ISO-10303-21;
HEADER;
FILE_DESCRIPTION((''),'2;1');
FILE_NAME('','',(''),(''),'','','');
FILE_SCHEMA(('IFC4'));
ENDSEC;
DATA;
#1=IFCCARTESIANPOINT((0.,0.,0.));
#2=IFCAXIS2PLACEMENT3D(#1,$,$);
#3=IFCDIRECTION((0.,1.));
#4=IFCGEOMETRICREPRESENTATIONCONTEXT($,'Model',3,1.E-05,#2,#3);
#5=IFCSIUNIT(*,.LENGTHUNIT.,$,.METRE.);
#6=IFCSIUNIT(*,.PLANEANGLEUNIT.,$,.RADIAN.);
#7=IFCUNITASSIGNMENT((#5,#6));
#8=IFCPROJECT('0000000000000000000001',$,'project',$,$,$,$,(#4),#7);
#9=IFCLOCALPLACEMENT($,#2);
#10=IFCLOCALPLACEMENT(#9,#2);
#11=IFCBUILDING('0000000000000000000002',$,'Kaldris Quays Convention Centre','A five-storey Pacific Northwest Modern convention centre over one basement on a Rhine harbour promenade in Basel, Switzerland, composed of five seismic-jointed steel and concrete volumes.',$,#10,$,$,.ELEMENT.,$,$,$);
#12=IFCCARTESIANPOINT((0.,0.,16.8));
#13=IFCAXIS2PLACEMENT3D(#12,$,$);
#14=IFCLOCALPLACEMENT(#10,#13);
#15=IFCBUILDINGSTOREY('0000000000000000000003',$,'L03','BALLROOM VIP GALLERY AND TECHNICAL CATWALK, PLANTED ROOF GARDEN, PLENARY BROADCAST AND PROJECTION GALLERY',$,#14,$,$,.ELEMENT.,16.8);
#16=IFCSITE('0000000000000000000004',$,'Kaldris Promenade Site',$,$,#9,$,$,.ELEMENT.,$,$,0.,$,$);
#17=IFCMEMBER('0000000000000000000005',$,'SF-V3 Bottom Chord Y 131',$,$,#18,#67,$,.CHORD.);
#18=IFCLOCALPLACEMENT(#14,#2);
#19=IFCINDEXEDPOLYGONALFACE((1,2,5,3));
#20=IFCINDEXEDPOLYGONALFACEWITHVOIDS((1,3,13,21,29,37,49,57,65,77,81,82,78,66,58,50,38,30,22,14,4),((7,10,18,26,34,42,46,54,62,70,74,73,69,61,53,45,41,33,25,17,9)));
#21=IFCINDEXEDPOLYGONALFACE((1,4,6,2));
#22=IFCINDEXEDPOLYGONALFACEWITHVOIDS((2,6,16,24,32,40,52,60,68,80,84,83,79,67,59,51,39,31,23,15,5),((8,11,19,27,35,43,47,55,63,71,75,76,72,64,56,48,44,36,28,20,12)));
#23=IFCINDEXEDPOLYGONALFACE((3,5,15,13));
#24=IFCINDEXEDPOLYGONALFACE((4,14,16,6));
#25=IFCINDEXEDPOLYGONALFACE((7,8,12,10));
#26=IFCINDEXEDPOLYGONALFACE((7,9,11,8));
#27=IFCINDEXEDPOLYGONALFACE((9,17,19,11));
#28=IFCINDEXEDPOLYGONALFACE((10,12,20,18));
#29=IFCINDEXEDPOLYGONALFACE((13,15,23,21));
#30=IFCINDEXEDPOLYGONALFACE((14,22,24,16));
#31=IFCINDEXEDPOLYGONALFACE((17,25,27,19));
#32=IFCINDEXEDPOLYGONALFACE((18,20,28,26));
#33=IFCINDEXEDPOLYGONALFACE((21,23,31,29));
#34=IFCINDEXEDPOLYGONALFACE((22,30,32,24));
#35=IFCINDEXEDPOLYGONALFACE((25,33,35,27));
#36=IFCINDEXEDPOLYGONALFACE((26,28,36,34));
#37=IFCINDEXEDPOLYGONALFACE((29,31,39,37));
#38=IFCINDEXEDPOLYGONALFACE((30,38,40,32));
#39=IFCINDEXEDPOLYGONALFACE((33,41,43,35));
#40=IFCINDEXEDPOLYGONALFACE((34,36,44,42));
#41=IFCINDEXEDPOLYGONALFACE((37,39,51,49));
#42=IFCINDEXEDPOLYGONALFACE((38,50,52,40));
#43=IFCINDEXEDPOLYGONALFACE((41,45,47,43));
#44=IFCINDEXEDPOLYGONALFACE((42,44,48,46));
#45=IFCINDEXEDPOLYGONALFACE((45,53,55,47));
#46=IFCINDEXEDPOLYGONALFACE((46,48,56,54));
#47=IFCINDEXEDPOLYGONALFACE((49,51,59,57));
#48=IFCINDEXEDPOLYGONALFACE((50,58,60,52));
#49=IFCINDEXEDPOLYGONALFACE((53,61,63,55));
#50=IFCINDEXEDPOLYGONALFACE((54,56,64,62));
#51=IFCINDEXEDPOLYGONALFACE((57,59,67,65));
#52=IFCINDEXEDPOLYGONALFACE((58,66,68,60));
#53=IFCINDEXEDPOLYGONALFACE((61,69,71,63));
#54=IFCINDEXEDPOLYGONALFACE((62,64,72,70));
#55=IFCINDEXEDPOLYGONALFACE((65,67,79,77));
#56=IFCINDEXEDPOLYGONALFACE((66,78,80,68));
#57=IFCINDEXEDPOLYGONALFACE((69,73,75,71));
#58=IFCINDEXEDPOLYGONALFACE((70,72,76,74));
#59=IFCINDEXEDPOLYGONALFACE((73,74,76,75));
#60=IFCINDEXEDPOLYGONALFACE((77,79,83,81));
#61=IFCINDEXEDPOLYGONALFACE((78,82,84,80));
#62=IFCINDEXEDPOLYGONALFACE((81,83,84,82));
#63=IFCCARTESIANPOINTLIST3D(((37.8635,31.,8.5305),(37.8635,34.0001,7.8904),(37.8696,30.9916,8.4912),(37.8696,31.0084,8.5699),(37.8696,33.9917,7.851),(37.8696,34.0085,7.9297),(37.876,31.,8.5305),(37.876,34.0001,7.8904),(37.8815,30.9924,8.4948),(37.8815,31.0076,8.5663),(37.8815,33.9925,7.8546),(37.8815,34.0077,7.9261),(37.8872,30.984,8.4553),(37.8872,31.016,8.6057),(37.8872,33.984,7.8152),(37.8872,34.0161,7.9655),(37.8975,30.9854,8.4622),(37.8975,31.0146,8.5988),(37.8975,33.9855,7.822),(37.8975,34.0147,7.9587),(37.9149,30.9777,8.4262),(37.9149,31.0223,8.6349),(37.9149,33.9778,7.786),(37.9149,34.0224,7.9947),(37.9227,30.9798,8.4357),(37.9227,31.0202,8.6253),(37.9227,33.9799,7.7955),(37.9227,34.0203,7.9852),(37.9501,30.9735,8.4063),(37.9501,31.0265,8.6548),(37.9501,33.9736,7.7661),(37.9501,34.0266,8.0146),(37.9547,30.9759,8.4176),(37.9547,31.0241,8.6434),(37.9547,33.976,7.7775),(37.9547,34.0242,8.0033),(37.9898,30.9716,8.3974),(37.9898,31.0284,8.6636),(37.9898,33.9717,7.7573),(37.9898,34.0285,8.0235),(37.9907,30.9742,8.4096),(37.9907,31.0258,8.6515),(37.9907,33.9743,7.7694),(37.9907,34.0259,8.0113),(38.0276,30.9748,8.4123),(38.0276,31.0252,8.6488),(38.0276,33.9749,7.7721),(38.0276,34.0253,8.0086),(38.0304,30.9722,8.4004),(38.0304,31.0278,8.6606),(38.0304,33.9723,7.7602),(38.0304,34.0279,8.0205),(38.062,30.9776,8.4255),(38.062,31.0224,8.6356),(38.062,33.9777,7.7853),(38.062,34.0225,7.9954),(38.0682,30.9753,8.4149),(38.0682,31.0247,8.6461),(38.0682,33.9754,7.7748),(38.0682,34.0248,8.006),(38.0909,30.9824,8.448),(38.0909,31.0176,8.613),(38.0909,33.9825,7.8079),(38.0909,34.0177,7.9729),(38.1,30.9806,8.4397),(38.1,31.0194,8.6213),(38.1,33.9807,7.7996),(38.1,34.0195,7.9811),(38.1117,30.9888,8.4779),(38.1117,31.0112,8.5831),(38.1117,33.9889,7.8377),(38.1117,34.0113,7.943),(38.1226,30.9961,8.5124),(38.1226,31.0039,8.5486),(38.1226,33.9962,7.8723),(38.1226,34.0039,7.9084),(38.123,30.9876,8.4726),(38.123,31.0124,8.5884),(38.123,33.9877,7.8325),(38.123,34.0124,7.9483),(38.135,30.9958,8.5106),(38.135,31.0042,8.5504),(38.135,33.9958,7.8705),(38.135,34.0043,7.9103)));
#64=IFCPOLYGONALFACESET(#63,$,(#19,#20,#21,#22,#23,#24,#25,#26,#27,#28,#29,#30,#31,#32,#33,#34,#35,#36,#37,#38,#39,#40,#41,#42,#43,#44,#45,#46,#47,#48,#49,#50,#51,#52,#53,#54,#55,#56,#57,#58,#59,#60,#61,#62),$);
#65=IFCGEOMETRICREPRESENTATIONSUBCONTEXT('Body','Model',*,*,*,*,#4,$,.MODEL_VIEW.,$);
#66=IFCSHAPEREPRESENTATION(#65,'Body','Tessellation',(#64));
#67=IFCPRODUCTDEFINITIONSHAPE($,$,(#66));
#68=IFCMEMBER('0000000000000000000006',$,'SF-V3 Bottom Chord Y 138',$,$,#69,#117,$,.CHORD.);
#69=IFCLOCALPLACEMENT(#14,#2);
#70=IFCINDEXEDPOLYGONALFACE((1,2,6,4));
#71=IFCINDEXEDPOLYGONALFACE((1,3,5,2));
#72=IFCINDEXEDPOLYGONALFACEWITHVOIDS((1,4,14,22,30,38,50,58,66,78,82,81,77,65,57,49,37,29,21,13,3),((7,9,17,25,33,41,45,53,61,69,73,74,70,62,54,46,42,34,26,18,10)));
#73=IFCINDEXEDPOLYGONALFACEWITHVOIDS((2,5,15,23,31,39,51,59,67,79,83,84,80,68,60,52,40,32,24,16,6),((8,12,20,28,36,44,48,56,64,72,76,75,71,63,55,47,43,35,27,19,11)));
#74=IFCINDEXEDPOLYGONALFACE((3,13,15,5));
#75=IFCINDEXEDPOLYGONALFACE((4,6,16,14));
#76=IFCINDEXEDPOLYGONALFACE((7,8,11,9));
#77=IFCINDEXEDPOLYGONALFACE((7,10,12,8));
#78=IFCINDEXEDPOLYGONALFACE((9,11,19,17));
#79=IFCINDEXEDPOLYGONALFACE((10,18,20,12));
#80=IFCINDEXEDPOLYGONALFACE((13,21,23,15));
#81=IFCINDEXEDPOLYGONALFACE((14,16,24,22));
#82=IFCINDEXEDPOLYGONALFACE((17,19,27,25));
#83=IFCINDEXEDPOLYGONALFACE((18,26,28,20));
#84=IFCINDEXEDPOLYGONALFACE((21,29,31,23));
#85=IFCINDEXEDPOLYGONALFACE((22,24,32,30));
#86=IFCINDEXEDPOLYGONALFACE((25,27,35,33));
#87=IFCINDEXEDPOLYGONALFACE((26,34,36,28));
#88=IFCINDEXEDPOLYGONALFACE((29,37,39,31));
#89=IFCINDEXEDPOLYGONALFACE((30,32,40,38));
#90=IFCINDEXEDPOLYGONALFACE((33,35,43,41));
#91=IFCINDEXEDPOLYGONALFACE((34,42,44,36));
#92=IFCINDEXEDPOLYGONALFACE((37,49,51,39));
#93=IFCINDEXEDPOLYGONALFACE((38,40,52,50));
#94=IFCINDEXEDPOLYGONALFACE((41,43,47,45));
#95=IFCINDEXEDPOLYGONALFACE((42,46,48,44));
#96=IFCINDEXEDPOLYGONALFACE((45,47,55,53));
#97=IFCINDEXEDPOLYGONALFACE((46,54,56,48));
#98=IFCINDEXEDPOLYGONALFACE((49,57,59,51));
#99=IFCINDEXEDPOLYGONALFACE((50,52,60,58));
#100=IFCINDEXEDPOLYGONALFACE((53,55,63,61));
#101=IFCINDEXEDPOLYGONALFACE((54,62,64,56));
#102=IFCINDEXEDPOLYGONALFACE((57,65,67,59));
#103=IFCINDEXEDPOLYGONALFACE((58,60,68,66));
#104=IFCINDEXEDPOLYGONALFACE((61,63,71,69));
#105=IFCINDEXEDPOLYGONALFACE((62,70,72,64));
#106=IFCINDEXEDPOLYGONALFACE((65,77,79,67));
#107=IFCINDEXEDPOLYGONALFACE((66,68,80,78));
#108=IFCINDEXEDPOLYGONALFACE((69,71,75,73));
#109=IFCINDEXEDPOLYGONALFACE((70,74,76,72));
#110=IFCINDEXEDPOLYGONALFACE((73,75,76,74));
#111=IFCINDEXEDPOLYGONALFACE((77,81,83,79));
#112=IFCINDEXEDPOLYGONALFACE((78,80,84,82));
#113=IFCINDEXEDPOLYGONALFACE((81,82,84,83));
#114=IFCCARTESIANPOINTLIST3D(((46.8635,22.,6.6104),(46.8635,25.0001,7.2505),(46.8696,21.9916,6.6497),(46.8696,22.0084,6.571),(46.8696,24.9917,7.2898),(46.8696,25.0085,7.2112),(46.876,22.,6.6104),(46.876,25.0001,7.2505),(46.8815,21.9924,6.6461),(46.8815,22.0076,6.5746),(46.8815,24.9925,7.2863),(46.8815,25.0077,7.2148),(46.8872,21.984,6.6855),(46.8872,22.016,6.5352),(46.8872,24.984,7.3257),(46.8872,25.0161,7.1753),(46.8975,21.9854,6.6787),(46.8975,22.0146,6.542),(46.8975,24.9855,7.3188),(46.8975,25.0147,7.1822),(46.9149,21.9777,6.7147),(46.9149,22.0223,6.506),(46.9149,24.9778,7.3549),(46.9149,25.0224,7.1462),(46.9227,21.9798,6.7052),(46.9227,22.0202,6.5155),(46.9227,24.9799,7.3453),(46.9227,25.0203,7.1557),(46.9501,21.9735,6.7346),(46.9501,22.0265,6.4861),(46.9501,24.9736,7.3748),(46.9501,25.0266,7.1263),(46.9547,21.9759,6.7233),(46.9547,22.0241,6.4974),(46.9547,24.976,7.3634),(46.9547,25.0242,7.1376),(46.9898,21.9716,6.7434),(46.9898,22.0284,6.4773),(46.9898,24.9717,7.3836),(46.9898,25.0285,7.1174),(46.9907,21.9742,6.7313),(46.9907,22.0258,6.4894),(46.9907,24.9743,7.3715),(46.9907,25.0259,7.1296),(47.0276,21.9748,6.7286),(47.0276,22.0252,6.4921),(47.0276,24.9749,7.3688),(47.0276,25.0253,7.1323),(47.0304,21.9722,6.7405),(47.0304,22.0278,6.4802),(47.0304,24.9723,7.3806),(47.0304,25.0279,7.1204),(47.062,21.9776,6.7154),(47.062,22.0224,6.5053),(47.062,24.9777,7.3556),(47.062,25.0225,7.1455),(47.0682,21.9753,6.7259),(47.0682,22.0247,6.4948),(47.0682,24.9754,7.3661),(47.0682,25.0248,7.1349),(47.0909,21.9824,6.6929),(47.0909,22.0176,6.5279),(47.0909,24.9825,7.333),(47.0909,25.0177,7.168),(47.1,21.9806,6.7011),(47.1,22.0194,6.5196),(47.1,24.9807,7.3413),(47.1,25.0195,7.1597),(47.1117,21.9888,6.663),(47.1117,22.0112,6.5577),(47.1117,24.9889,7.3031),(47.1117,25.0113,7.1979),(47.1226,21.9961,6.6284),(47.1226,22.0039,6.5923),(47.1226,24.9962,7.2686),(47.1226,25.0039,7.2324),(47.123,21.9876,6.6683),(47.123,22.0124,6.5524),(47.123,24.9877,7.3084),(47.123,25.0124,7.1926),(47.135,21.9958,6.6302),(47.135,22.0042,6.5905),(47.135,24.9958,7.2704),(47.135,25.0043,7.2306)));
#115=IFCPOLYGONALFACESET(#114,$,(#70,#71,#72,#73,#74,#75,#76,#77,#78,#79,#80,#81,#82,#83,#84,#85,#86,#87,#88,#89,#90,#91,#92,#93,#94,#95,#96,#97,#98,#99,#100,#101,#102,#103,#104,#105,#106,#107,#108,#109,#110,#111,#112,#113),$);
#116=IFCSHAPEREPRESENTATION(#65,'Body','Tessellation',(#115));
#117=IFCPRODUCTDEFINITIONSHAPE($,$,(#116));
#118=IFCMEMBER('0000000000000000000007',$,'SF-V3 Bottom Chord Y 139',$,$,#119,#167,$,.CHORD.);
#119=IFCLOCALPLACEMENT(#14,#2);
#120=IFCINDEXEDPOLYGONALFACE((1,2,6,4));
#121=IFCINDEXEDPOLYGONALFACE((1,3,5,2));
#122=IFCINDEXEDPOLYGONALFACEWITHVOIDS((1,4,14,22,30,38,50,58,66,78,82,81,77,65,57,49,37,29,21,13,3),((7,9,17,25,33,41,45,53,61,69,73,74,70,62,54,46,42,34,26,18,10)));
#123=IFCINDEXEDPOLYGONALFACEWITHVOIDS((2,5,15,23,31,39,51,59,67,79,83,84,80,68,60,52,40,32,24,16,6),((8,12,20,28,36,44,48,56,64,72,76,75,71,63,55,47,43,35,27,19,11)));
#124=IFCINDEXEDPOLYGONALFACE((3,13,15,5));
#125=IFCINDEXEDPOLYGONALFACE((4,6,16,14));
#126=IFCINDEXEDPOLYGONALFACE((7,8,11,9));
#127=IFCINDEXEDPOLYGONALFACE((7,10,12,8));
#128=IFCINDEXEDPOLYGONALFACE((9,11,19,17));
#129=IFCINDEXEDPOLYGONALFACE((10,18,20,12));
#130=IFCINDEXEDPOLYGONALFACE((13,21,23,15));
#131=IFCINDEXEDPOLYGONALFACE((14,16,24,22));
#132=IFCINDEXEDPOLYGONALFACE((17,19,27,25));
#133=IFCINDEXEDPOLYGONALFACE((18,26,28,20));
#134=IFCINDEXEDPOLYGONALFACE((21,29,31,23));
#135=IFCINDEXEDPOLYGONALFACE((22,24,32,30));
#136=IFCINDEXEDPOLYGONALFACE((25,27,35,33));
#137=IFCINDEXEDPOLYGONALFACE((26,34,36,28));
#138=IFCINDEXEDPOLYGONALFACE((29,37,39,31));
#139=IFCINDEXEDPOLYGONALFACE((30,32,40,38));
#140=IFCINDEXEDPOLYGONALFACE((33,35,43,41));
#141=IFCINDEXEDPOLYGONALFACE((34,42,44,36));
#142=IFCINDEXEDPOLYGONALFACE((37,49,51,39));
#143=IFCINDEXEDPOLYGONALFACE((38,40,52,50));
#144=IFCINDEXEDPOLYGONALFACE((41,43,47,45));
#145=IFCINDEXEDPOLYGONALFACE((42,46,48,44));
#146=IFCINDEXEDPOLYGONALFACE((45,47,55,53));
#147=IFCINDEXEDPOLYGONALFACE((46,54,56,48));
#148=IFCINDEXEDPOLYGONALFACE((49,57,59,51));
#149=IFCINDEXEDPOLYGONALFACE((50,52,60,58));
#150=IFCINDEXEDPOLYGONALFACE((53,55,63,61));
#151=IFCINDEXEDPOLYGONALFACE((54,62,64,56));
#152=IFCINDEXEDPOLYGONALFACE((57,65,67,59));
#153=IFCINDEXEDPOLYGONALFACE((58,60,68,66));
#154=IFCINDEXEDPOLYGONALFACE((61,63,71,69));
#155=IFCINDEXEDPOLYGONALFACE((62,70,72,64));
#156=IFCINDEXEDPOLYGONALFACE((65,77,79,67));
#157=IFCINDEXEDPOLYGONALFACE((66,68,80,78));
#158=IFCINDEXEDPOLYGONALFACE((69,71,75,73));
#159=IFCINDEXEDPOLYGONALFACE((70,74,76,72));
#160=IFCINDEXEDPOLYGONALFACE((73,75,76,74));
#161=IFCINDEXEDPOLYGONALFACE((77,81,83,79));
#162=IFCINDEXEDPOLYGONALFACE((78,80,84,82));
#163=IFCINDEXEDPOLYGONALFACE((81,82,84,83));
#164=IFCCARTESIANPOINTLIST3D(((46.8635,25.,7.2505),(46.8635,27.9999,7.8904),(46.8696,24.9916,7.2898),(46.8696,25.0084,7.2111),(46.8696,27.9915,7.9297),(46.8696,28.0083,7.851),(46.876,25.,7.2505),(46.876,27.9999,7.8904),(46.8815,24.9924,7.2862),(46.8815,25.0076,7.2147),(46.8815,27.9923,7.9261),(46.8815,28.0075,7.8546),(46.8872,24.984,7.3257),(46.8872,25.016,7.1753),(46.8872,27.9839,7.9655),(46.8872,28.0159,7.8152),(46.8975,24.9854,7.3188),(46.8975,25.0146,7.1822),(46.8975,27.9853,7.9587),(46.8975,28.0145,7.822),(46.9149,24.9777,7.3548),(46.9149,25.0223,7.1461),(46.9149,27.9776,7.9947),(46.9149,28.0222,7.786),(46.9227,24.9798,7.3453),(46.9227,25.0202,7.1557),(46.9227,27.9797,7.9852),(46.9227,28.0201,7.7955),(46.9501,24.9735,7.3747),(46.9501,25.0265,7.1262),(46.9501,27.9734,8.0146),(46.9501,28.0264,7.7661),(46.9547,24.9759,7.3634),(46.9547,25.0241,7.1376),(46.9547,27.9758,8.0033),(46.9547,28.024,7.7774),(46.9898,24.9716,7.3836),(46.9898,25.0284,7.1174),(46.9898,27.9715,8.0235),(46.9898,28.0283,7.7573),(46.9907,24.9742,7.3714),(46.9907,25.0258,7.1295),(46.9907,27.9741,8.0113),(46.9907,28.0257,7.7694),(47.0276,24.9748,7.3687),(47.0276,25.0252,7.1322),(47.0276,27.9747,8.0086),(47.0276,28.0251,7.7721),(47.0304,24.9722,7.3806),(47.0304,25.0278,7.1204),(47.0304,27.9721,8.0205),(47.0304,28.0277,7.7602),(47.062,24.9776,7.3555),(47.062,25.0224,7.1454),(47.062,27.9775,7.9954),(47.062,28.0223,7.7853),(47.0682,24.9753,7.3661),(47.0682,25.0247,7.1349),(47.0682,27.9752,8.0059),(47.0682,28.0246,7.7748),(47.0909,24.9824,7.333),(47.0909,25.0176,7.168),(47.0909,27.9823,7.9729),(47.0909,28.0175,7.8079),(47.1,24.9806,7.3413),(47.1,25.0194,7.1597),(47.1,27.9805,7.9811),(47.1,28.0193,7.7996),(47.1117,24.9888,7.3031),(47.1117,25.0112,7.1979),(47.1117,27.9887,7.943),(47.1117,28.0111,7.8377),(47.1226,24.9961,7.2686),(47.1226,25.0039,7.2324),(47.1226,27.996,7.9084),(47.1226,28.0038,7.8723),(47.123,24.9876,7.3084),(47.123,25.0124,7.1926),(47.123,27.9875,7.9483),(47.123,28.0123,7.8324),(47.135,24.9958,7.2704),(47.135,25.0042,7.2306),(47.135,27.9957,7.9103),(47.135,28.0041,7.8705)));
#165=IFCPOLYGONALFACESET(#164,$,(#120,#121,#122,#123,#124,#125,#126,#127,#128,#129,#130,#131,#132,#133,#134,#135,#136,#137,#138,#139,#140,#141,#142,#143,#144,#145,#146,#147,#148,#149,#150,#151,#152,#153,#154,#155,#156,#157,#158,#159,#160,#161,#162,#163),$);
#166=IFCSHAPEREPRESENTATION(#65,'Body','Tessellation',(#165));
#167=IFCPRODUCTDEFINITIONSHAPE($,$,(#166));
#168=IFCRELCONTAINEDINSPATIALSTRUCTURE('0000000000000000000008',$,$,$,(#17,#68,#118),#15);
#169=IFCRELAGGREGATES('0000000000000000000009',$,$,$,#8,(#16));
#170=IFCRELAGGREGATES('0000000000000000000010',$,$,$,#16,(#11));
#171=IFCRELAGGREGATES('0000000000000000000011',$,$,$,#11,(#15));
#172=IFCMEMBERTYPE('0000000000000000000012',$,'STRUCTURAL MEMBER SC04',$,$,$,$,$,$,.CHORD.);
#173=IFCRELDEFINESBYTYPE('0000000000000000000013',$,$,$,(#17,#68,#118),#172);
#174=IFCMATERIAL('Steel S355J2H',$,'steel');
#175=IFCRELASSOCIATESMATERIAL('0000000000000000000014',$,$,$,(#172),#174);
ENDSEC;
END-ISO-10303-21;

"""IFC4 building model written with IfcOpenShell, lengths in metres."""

from ifc_helpers import new_model, si_unit, direction, frame, origin, origin_2d, place, context, subcontext, project, spatial, hollow_circle, extrude, material, material_profile, profile_set, type_object, element, save


model = new_model("IFC4")

# Units and contexts
model_context = context("Model", 3, precision=1e-05, world=origin(), true_north=direction((0.0, 1.0)))
body_context = subcontext(model_context, "Body", "Model", "MODEL_VIEW")
ifc_project = project(units=[si_unit("LENGTHUNIT", "METRE"), si_unit("PLANEANGLEUNIT", "RADIAN")], contexts=[model_context])

# Site, building, storey
site_placement = place(None, origin())
site = spatial("IfcSite", under=ifc_project, at=site_placement, Name="Kaldris Promenade Site", CompositionType="ELEMENT", RefElevation=0.0)
building_placement = place(site_placement, origin())
building = spatial("IfcBuilding", under=site, at=building_placement, Name="Kaldris Quays Convention Centre", Description="A five-storey Pacific Northwest Modern convention centre over one basement on a Rhine harbour promenade in Basel, Switzerland, composed of five seismic-jointed steel and concrete volumes.", CompositionType="ELEMENT")
storey_placement = place(building_placement, frame((0.0, 0.0, 16.8)))
storey = spatial("IfcBuildingStorey", under=building, at=storey_placement, Name="L03", Description="BALLROOM VIP GALLERY AND TECHNICAL CATWALK, PLANTED ROOF GARDEN, PLENARY BROADCAST AND PROJECTION GALLERY", CompositionType="ELEMENT", Elevation=16.8)

# Members
ifc_material_1 = material(Name="Steel S355J2H", Category="steel")
ifc_material_profile_1 = material_profile(ifc_material_1, hollow_circle(Radius=0.1365, WallThickness=0.0125, at=origin_2d()), Name="CHS 273x12.5")
ifc_profile_set_1 = profile_set([ifc_material_profile_1], Name="Steel S355J2H")
member_type_1 = type_object("IfcMemberType", Name="STRUCTURAL MEMBER SC04", PredefinedType="CHORD", material=ifc_profile_set_1)
for number, where, z_axis, x_axis, name in (
    (1, (38.0, 31.0, 8.5305), (0.0, 0.977984, -0.208681), (-1.0, 0.0, 0.0), "SF-V3 Bottom Chord Y 131"),
    (2, (47.0, 22.0, 6.6104), (0.0, 0.977984, 0.208681), (-1.0, 0.0, 0.0), "SF-V3 Bottom Chord Y 138"),
):
    element("IfcMember", number, at=place(storey_placement, frame(where, z_axis=z_axis, x_axis=x_axis)), inside=storey, type_object=member_type_1, Name=name, PredefinedType="CHORD", context=body_context, shape_type="SweptSolid", body=[
        extrude(hollow_circle(Radius=0.1365, WallThickness=0.0125, at=origin_2d()), origin(), (0.0, 0.0, 1.0), 3.0676),
    ])
member_1_placement = place(storey_placement, frame((47.0, 25.0, 7.2505), z_axis=(0.0, 0.978, 0.208605), x_axis=(-1.0, 0.0, 0.0)))
element("IfcMember", 3, at=member_1_placement, inside=storey, type_object=member_type_1, Name="SF-V3 Bottom Chord Y 139", PredefinedType="CHORD", context=body_context, shape_type="SweptSolid", body=[
    extrude(hollow_circle(Radius=0.1365, WallThickness=0.0125, at=origin_2d()), origin(), (0.0, 0.0, 1.0), 3.0674),
])

save(model, "model.ifc")
